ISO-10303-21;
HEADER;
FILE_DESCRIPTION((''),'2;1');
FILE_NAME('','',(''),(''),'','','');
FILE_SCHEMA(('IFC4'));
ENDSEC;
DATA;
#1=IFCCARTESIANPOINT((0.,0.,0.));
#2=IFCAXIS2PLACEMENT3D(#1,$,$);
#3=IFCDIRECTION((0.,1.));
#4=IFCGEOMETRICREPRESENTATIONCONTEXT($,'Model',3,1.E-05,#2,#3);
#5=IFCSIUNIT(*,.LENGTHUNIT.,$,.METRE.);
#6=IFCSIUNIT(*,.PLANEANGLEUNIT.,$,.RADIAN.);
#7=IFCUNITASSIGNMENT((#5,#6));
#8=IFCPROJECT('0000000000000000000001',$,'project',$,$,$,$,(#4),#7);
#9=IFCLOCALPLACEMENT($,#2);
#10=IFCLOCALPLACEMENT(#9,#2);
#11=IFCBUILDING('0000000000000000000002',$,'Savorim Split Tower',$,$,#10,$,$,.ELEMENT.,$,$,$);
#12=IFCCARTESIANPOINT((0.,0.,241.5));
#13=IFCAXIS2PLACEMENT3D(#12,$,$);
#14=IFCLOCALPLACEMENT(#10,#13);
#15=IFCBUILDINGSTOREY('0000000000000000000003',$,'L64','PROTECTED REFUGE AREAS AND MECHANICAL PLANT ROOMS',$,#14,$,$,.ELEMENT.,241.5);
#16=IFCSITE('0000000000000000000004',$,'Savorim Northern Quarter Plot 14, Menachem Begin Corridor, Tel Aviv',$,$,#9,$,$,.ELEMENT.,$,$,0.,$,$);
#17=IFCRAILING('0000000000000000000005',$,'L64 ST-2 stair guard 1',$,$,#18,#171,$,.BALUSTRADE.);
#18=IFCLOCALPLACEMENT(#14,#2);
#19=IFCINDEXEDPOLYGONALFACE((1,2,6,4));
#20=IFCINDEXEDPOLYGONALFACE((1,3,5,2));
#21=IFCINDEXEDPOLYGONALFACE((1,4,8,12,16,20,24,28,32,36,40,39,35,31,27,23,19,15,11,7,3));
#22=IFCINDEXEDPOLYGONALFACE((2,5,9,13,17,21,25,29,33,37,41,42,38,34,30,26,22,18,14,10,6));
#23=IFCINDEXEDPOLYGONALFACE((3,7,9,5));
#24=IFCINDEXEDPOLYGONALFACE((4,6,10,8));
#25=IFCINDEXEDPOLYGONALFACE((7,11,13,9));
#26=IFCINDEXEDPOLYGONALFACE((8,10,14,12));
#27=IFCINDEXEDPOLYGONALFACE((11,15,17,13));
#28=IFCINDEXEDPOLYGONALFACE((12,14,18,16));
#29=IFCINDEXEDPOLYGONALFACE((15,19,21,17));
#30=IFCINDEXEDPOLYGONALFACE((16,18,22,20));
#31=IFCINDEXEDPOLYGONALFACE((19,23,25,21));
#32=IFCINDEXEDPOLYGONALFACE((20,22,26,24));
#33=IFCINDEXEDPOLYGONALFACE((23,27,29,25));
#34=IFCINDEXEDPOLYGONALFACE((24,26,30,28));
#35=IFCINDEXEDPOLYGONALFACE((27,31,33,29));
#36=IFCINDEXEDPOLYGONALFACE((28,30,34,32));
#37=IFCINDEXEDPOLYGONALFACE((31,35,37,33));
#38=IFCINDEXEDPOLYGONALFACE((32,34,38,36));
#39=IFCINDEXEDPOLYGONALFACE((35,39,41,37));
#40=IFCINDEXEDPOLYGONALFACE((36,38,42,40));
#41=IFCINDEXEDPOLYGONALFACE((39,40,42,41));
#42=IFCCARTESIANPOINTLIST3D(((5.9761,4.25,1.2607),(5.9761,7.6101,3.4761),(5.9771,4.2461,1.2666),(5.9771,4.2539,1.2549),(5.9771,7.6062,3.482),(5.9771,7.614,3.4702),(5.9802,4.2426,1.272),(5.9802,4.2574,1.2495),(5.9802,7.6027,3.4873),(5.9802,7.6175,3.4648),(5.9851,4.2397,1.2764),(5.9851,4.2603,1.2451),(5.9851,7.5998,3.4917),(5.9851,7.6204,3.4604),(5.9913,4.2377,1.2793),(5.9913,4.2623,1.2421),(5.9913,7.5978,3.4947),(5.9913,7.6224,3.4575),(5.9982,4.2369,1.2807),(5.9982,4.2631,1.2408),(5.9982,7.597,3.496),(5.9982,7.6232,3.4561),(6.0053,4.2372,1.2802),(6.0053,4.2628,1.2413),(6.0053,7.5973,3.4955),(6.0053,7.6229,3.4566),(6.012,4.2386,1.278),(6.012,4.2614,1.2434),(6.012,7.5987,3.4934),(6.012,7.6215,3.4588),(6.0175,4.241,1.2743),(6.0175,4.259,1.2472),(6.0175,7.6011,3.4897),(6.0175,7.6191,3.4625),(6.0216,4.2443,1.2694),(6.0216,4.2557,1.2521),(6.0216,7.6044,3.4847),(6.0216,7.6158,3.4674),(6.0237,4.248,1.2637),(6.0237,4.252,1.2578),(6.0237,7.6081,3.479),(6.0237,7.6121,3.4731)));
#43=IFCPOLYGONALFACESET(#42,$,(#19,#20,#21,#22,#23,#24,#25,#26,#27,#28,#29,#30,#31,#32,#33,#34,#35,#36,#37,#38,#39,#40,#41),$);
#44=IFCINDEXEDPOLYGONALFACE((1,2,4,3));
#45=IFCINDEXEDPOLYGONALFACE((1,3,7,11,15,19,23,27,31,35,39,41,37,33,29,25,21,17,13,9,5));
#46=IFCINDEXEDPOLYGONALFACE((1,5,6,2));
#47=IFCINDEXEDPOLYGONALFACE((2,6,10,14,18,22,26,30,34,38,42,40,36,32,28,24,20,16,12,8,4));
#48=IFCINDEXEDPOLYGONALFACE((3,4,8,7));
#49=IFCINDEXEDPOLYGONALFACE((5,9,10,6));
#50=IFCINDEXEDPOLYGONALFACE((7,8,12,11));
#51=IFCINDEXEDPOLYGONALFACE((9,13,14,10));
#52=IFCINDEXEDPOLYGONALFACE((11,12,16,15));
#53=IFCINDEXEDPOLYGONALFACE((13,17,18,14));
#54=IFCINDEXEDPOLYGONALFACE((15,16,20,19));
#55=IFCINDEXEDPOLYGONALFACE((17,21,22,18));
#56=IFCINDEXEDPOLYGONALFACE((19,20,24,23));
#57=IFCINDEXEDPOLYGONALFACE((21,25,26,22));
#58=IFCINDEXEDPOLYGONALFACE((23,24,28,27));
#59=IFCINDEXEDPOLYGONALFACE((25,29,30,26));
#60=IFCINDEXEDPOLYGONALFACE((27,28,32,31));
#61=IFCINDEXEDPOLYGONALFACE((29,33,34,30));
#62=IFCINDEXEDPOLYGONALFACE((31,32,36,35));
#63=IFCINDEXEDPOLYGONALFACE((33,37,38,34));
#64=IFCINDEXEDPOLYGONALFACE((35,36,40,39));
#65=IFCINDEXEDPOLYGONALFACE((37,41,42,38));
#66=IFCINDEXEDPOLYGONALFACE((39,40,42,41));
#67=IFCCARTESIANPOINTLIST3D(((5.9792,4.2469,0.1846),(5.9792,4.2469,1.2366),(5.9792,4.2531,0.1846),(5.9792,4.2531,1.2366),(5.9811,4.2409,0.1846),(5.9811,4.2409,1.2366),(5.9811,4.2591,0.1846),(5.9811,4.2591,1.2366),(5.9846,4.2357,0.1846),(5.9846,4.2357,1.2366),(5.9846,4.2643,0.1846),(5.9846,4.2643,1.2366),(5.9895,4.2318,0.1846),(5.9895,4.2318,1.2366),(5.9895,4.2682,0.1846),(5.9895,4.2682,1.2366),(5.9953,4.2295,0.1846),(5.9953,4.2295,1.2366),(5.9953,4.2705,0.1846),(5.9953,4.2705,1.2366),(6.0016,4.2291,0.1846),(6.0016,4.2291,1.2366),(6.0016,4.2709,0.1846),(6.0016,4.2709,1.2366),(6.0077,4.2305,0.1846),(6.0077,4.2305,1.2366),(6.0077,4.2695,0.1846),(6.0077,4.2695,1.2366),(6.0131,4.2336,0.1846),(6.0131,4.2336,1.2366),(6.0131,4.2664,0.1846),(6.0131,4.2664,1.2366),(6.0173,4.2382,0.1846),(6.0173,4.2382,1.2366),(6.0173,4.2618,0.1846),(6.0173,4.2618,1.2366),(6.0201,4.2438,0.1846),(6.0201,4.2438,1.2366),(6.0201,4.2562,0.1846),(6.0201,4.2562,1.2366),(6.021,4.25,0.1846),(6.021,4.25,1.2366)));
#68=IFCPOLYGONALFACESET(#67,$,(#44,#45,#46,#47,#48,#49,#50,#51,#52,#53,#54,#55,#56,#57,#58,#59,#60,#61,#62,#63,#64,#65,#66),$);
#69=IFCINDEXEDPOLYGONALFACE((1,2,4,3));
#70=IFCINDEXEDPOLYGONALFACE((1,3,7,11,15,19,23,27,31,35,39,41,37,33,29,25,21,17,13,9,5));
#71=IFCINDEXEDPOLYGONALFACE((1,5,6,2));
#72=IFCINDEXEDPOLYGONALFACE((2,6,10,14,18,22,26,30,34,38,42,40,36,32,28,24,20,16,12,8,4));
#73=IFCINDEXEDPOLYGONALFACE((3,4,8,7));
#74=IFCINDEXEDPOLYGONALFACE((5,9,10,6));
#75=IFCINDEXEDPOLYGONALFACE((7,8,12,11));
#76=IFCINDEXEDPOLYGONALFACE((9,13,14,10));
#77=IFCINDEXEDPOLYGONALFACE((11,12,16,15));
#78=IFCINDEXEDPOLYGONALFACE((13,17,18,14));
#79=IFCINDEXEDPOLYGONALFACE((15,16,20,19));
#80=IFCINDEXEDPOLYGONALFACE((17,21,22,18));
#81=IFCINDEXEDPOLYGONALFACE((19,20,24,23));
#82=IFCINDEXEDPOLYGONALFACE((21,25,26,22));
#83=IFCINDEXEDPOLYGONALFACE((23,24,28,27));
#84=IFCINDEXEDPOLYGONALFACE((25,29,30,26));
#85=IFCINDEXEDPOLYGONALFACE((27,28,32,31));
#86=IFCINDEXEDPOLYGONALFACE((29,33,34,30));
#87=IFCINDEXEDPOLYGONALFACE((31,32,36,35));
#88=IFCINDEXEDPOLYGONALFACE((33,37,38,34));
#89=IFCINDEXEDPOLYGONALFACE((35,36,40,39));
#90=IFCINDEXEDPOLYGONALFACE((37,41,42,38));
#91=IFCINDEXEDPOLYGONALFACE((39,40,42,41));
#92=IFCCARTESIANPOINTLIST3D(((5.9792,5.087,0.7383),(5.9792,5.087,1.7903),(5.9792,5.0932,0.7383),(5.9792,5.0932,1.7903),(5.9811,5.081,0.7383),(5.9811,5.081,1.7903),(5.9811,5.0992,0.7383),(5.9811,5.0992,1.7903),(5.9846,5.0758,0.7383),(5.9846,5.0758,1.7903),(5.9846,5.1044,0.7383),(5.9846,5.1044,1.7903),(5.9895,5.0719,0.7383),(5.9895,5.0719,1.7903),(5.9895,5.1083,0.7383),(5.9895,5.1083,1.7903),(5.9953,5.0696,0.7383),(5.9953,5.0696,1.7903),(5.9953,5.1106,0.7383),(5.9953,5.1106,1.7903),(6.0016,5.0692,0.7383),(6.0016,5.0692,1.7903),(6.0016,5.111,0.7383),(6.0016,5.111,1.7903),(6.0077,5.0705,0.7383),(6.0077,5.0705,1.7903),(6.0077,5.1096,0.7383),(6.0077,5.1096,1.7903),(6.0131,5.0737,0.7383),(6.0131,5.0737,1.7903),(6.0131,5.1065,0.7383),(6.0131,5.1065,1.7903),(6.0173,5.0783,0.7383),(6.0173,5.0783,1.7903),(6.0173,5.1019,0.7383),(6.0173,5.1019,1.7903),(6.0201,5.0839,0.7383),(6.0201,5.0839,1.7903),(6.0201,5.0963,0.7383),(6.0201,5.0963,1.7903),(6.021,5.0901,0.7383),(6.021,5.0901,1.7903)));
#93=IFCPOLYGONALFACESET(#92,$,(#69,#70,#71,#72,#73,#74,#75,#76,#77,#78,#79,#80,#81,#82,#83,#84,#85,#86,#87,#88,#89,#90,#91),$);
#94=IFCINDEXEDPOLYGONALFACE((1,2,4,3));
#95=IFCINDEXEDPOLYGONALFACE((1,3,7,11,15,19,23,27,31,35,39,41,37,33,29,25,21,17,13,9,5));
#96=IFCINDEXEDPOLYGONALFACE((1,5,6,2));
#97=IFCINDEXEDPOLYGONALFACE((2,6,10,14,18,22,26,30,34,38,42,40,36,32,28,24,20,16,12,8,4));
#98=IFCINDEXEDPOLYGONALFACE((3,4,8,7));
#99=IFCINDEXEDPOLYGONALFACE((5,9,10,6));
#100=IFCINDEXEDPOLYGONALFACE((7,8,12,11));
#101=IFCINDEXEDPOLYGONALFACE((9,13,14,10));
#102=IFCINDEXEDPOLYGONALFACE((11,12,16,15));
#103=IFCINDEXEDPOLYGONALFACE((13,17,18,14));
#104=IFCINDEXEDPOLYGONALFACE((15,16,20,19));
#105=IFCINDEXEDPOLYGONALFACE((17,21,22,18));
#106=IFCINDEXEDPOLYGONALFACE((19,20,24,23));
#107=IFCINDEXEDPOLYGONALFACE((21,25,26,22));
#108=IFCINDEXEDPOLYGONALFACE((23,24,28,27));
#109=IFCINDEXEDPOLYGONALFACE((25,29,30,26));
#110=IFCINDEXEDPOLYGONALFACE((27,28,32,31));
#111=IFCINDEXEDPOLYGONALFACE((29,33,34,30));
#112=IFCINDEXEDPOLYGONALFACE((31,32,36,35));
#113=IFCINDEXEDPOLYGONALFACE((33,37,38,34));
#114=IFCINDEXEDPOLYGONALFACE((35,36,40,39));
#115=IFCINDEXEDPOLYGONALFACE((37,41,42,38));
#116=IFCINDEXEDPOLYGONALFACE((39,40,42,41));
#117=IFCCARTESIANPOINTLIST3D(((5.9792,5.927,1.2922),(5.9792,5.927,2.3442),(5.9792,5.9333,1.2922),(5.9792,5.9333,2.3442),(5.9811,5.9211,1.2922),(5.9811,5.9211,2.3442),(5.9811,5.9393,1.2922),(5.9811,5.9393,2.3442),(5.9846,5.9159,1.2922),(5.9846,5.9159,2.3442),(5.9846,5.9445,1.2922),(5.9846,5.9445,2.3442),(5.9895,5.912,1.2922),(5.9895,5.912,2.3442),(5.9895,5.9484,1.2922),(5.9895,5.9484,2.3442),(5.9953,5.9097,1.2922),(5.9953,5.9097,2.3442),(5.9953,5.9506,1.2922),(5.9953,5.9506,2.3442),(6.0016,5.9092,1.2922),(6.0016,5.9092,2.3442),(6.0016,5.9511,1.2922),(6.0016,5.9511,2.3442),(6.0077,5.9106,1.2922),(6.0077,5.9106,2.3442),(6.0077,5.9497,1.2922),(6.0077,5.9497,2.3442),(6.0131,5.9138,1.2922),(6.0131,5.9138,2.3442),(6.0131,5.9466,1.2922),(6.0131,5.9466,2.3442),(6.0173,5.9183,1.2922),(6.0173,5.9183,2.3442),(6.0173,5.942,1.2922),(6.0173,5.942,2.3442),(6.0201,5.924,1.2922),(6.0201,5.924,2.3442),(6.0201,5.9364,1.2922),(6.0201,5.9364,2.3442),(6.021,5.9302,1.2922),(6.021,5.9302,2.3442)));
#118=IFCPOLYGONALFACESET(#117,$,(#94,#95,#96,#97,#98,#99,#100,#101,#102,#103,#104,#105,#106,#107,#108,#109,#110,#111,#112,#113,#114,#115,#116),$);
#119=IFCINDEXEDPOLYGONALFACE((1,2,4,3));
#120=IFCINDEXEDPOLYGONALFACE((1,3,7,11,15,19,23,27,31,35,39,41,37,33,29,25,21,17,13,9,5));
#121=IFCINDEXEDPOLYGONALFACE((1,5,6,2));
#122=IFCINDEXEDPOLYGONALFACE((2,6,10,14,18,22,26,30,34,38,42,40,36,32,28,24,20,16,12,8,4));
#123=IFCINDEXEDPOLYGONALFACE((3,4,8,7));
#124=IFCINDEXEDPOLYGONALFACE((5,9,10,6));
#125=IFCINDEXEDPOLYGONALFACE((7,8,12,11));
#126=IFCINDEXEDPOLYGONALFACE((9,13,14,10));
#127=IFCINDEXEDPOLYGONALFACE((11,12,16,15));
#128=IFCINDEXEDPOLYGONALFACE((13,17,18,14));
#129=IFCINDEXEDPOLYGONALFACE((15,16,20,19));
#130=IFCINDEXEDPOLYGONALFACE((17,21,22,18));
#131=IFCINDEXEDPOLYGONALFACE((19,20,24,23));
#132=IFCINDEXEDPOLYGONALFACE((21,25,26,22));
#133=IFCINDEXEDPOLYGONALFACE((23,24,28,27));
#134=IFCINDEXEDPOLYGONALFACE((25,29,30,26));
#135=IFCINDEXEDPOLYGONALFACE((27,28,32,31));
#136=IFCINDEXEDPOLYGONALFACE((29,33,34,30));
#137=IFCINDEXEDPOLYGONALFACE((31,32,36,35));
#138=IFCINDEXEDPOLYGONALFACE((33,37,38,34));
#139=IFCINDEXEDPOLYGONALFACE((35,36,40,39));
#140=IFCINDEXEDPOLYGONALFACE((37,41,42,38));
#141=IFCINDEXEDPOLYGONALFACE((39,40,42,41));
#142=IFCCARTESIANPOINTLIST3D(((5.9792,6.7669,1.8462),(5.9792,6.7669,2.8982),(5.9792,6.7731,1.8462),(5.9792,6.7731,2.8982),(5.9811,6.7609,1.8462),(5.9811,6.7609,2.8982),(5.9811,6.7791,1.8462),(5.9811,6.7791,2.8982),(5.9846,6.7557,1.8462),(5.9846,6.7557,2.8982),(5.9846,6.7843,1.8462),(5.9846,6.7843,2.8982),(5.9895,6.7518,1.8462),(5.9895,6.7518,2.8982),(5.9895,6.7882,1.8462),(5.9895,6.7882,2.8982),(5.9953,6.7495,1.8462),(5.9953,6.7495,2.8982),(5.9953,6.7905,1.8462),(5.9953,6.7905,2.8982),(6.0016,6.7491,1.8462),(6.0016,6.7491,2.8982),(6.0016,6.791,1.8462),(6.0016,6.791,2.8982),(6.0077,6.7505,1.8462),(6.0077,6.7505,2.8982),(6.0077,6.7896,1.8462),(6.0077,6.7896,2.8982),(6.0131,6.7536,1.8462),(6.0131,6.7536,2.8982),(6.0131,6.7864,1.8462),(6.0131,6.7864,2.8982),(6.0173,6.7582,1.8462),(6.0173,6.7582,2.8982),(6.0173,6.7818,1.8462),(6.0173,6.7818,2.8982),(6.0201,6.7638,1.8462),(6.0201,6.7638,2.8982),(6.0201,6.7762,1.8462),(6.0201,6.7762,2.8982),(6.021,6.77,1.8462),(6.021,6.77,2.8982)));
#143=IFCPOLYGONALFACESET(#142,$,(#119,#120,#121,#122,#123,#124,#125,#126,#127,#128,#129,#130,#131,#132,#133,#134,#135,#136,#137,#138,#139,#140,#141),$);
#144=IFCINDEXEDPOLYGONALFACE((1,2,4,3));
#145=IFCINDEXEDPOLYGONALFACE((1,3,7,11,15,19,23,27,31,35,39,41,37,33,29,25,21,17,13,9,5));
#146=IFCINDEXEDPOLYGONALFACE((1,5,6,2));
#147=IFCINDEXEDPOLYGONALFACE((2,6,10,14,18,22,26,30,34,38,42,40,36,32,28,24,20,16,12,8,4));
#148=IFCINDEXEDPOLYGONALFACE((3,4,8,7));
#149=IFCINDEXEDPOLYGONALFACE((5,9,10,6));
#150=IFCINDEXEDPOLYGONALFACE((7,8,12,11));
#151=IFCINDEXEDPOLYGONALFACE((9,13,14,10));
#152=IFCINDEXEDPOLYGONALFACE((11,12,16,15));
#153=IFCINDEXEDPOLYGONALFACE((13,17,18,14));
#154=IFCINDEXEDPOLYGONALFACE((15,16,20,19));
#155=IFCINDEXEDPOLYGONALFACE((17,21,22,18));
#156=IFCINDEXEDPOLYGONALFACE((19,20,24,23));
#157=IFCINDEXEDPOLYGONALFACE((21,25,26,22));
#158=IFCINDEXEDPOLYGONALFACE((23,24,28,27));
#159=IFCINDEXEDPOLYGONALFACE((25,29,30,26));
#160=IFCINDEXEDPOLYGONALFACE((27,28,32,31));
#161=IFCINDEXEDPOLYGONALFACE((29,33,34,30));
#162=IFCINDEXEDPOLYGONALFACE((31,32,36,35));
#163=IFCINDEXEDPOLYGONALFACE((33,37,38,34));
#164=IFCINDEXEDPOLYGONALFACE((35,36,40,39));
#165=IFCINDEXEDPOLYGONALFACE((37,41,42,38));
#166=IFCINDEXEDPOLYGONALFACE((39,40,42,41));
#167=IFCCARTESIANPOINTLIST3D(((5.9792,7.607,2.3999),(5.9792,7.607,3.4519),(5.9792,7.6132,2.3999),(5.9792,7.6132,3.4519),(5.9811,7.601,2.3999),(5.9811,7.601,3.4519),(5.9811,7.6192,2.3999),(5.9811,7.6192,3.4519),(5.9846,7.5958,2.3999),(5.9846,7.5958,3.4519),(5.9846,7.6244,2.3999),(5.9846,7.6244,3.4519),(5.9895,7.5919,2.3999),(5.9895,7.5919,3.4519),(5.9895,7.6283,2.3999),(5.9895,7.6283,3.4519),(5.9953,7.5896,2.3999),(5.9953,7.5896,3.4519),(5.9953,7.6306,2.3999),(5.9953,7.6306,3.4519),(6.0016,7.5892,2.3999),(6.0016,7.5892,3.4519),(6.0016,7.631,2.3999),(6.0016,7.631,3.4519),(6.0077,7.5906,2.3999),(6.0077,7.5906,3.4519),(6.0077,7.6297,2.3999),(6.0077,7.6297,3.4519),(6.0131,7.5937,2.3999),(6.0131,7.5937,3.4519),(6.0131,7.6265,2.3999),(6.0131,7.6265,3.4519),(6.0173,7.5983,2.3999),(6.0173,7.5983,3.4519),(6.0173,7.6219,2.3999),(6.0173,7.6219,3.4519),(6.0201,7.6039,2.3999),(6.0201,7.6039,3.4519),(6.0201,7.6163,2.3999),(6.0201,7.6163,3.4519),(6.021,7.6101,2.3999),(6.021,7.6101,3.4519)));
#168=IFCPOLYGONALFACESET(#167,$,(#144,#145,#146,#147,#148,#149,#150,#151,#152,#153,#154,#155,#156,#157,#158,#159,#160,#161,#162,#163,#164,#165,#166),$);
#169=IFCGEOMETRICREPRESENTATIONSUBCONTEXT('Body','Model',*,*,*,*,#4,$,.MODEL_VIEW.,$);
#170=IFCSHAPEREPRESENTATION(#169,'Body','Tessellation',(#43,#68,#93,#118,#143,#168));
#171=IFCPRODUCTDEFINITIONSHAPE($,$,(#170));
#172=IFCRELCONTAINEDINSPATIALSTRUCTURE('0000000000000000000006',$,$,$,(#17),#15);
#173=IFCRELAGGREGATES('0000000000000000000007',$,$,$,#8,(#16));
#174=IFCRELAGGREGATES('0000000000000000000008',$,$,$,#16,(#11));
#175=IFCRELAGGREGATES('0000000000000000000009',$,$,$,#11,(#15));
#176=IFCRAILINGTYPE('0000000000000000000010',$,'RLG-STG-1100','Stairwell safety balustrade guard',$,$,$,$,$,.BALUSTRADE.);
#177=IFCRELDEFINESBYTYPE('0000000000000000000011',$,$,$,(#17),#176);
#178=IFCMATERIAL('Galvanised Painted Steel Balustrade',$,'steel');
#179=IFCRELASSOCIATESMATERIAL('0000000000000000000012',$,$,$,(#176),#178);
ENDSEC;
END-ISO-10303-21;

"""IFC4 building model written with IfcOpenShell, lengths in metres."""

from ifc_helpers import new_model, si_unit, direction, frame, origin, origin_2d, place, context, subcontext, project, spatial, circle, extrude, material, type_object, element, save


model = new_model("IFC4")

# Units and contexts
model_context = context("Model", 3, precision=1e-05, world=origin(), true_north=direction((0.0, 1.0)))
body_context = subcontext(model_context, "Body", "Model", "MODEL_VIEW")
ifc_project = project(units=[si_unit("LENGTHUNIT", "METRE"), si_unit("PLANEANGLEUNIT", "RADIAN")], contexts=[model_context])

# Site, building, storey
site_placement = place(None, origin())
site = spatial("IfcSite", under=ifc_project, at=site_placement, Name="Savorim Northern Quarter Plot 14, Menachem Begin Corridor, Tel Aviv", CompositionType="ELEMENT", RefElevation=0.0)
building_placement = place(site_placement, origin())
building = spatial("IfcBuilding", under=site, at=building_placement, Name="Savorim Split Tower", CompositionType="ELEMENT")
storey_placement = place(building_placement, frame((0.0, 0.0, 241.5)))
storey = spatial("IfcBuildingStorey", under=building, at=storey_placement, Name="L64", Description="PROTECTED REFUGE AREAS AND MECHANICAL PLANT ROOMS", CompositionType="ELEMENT", Elevation=241.5)

# Shared definitions
ifc_material_1 = material(Name="Galvanised Painted Steel Balustrade", Category="steel")

# Railing
railing_type_1 = type_object("IfcRailingType", Name="RLG-STG-1100", Description="Stairwell safety balustrade guard", PredefinedType="BALUSTRADE", material=ifc_material_1)
railing_1_placement = place(storey_placement, frame((6.0, 4.25, 0.1846)))
element("IfcRailing", 1, at=railing_1_placement, inside=storey, type_object=railing_type_1, Name="L64 ST-2 stair guard 1", PredefinedType="BALUSTRADE", context=body_context, shape_type="SweptSolid", body=[
    extrude(circle(Radius=0.0239, at=origin_2d()), frame((0.0, 0.0, 1.0762), z_axis=(0.0, 0.834876, 0.550437), x_axis=(-1.0, 0.0, 0.0)), (0.0, 0.0, 1.0), 4.0247),
    extrude(circle(Radius=0.021, at=origin_2d()), origin(), (0.0, 0.0, 1.0), 1.052),
    extrude(circle(Radius=0.021, at=origin_2d()), frame((0.0, 0.8401, 0.5537)), (0.0, 0.0, 1.0), 1.052),
    extrude(circle(Radius=0.021, at=origin_2d()), frame((0.0, 1.6802, 1.1077)), (0.0, 0.0, 1.0), 1.052),
    extrude(circle(Radius=0.021, at=origin_2d()), frame((0.0, 2.52, 1.6616)), (0.0, 0.0, 1.0), 1.052),
    extrude(circle(Radius=0.021, at=origin_2d()), frame((0.0, 3.3601, 2.2153)), (0.0, 0.0, 1.0), 1.052),
])

save(model, "model.ifc")
